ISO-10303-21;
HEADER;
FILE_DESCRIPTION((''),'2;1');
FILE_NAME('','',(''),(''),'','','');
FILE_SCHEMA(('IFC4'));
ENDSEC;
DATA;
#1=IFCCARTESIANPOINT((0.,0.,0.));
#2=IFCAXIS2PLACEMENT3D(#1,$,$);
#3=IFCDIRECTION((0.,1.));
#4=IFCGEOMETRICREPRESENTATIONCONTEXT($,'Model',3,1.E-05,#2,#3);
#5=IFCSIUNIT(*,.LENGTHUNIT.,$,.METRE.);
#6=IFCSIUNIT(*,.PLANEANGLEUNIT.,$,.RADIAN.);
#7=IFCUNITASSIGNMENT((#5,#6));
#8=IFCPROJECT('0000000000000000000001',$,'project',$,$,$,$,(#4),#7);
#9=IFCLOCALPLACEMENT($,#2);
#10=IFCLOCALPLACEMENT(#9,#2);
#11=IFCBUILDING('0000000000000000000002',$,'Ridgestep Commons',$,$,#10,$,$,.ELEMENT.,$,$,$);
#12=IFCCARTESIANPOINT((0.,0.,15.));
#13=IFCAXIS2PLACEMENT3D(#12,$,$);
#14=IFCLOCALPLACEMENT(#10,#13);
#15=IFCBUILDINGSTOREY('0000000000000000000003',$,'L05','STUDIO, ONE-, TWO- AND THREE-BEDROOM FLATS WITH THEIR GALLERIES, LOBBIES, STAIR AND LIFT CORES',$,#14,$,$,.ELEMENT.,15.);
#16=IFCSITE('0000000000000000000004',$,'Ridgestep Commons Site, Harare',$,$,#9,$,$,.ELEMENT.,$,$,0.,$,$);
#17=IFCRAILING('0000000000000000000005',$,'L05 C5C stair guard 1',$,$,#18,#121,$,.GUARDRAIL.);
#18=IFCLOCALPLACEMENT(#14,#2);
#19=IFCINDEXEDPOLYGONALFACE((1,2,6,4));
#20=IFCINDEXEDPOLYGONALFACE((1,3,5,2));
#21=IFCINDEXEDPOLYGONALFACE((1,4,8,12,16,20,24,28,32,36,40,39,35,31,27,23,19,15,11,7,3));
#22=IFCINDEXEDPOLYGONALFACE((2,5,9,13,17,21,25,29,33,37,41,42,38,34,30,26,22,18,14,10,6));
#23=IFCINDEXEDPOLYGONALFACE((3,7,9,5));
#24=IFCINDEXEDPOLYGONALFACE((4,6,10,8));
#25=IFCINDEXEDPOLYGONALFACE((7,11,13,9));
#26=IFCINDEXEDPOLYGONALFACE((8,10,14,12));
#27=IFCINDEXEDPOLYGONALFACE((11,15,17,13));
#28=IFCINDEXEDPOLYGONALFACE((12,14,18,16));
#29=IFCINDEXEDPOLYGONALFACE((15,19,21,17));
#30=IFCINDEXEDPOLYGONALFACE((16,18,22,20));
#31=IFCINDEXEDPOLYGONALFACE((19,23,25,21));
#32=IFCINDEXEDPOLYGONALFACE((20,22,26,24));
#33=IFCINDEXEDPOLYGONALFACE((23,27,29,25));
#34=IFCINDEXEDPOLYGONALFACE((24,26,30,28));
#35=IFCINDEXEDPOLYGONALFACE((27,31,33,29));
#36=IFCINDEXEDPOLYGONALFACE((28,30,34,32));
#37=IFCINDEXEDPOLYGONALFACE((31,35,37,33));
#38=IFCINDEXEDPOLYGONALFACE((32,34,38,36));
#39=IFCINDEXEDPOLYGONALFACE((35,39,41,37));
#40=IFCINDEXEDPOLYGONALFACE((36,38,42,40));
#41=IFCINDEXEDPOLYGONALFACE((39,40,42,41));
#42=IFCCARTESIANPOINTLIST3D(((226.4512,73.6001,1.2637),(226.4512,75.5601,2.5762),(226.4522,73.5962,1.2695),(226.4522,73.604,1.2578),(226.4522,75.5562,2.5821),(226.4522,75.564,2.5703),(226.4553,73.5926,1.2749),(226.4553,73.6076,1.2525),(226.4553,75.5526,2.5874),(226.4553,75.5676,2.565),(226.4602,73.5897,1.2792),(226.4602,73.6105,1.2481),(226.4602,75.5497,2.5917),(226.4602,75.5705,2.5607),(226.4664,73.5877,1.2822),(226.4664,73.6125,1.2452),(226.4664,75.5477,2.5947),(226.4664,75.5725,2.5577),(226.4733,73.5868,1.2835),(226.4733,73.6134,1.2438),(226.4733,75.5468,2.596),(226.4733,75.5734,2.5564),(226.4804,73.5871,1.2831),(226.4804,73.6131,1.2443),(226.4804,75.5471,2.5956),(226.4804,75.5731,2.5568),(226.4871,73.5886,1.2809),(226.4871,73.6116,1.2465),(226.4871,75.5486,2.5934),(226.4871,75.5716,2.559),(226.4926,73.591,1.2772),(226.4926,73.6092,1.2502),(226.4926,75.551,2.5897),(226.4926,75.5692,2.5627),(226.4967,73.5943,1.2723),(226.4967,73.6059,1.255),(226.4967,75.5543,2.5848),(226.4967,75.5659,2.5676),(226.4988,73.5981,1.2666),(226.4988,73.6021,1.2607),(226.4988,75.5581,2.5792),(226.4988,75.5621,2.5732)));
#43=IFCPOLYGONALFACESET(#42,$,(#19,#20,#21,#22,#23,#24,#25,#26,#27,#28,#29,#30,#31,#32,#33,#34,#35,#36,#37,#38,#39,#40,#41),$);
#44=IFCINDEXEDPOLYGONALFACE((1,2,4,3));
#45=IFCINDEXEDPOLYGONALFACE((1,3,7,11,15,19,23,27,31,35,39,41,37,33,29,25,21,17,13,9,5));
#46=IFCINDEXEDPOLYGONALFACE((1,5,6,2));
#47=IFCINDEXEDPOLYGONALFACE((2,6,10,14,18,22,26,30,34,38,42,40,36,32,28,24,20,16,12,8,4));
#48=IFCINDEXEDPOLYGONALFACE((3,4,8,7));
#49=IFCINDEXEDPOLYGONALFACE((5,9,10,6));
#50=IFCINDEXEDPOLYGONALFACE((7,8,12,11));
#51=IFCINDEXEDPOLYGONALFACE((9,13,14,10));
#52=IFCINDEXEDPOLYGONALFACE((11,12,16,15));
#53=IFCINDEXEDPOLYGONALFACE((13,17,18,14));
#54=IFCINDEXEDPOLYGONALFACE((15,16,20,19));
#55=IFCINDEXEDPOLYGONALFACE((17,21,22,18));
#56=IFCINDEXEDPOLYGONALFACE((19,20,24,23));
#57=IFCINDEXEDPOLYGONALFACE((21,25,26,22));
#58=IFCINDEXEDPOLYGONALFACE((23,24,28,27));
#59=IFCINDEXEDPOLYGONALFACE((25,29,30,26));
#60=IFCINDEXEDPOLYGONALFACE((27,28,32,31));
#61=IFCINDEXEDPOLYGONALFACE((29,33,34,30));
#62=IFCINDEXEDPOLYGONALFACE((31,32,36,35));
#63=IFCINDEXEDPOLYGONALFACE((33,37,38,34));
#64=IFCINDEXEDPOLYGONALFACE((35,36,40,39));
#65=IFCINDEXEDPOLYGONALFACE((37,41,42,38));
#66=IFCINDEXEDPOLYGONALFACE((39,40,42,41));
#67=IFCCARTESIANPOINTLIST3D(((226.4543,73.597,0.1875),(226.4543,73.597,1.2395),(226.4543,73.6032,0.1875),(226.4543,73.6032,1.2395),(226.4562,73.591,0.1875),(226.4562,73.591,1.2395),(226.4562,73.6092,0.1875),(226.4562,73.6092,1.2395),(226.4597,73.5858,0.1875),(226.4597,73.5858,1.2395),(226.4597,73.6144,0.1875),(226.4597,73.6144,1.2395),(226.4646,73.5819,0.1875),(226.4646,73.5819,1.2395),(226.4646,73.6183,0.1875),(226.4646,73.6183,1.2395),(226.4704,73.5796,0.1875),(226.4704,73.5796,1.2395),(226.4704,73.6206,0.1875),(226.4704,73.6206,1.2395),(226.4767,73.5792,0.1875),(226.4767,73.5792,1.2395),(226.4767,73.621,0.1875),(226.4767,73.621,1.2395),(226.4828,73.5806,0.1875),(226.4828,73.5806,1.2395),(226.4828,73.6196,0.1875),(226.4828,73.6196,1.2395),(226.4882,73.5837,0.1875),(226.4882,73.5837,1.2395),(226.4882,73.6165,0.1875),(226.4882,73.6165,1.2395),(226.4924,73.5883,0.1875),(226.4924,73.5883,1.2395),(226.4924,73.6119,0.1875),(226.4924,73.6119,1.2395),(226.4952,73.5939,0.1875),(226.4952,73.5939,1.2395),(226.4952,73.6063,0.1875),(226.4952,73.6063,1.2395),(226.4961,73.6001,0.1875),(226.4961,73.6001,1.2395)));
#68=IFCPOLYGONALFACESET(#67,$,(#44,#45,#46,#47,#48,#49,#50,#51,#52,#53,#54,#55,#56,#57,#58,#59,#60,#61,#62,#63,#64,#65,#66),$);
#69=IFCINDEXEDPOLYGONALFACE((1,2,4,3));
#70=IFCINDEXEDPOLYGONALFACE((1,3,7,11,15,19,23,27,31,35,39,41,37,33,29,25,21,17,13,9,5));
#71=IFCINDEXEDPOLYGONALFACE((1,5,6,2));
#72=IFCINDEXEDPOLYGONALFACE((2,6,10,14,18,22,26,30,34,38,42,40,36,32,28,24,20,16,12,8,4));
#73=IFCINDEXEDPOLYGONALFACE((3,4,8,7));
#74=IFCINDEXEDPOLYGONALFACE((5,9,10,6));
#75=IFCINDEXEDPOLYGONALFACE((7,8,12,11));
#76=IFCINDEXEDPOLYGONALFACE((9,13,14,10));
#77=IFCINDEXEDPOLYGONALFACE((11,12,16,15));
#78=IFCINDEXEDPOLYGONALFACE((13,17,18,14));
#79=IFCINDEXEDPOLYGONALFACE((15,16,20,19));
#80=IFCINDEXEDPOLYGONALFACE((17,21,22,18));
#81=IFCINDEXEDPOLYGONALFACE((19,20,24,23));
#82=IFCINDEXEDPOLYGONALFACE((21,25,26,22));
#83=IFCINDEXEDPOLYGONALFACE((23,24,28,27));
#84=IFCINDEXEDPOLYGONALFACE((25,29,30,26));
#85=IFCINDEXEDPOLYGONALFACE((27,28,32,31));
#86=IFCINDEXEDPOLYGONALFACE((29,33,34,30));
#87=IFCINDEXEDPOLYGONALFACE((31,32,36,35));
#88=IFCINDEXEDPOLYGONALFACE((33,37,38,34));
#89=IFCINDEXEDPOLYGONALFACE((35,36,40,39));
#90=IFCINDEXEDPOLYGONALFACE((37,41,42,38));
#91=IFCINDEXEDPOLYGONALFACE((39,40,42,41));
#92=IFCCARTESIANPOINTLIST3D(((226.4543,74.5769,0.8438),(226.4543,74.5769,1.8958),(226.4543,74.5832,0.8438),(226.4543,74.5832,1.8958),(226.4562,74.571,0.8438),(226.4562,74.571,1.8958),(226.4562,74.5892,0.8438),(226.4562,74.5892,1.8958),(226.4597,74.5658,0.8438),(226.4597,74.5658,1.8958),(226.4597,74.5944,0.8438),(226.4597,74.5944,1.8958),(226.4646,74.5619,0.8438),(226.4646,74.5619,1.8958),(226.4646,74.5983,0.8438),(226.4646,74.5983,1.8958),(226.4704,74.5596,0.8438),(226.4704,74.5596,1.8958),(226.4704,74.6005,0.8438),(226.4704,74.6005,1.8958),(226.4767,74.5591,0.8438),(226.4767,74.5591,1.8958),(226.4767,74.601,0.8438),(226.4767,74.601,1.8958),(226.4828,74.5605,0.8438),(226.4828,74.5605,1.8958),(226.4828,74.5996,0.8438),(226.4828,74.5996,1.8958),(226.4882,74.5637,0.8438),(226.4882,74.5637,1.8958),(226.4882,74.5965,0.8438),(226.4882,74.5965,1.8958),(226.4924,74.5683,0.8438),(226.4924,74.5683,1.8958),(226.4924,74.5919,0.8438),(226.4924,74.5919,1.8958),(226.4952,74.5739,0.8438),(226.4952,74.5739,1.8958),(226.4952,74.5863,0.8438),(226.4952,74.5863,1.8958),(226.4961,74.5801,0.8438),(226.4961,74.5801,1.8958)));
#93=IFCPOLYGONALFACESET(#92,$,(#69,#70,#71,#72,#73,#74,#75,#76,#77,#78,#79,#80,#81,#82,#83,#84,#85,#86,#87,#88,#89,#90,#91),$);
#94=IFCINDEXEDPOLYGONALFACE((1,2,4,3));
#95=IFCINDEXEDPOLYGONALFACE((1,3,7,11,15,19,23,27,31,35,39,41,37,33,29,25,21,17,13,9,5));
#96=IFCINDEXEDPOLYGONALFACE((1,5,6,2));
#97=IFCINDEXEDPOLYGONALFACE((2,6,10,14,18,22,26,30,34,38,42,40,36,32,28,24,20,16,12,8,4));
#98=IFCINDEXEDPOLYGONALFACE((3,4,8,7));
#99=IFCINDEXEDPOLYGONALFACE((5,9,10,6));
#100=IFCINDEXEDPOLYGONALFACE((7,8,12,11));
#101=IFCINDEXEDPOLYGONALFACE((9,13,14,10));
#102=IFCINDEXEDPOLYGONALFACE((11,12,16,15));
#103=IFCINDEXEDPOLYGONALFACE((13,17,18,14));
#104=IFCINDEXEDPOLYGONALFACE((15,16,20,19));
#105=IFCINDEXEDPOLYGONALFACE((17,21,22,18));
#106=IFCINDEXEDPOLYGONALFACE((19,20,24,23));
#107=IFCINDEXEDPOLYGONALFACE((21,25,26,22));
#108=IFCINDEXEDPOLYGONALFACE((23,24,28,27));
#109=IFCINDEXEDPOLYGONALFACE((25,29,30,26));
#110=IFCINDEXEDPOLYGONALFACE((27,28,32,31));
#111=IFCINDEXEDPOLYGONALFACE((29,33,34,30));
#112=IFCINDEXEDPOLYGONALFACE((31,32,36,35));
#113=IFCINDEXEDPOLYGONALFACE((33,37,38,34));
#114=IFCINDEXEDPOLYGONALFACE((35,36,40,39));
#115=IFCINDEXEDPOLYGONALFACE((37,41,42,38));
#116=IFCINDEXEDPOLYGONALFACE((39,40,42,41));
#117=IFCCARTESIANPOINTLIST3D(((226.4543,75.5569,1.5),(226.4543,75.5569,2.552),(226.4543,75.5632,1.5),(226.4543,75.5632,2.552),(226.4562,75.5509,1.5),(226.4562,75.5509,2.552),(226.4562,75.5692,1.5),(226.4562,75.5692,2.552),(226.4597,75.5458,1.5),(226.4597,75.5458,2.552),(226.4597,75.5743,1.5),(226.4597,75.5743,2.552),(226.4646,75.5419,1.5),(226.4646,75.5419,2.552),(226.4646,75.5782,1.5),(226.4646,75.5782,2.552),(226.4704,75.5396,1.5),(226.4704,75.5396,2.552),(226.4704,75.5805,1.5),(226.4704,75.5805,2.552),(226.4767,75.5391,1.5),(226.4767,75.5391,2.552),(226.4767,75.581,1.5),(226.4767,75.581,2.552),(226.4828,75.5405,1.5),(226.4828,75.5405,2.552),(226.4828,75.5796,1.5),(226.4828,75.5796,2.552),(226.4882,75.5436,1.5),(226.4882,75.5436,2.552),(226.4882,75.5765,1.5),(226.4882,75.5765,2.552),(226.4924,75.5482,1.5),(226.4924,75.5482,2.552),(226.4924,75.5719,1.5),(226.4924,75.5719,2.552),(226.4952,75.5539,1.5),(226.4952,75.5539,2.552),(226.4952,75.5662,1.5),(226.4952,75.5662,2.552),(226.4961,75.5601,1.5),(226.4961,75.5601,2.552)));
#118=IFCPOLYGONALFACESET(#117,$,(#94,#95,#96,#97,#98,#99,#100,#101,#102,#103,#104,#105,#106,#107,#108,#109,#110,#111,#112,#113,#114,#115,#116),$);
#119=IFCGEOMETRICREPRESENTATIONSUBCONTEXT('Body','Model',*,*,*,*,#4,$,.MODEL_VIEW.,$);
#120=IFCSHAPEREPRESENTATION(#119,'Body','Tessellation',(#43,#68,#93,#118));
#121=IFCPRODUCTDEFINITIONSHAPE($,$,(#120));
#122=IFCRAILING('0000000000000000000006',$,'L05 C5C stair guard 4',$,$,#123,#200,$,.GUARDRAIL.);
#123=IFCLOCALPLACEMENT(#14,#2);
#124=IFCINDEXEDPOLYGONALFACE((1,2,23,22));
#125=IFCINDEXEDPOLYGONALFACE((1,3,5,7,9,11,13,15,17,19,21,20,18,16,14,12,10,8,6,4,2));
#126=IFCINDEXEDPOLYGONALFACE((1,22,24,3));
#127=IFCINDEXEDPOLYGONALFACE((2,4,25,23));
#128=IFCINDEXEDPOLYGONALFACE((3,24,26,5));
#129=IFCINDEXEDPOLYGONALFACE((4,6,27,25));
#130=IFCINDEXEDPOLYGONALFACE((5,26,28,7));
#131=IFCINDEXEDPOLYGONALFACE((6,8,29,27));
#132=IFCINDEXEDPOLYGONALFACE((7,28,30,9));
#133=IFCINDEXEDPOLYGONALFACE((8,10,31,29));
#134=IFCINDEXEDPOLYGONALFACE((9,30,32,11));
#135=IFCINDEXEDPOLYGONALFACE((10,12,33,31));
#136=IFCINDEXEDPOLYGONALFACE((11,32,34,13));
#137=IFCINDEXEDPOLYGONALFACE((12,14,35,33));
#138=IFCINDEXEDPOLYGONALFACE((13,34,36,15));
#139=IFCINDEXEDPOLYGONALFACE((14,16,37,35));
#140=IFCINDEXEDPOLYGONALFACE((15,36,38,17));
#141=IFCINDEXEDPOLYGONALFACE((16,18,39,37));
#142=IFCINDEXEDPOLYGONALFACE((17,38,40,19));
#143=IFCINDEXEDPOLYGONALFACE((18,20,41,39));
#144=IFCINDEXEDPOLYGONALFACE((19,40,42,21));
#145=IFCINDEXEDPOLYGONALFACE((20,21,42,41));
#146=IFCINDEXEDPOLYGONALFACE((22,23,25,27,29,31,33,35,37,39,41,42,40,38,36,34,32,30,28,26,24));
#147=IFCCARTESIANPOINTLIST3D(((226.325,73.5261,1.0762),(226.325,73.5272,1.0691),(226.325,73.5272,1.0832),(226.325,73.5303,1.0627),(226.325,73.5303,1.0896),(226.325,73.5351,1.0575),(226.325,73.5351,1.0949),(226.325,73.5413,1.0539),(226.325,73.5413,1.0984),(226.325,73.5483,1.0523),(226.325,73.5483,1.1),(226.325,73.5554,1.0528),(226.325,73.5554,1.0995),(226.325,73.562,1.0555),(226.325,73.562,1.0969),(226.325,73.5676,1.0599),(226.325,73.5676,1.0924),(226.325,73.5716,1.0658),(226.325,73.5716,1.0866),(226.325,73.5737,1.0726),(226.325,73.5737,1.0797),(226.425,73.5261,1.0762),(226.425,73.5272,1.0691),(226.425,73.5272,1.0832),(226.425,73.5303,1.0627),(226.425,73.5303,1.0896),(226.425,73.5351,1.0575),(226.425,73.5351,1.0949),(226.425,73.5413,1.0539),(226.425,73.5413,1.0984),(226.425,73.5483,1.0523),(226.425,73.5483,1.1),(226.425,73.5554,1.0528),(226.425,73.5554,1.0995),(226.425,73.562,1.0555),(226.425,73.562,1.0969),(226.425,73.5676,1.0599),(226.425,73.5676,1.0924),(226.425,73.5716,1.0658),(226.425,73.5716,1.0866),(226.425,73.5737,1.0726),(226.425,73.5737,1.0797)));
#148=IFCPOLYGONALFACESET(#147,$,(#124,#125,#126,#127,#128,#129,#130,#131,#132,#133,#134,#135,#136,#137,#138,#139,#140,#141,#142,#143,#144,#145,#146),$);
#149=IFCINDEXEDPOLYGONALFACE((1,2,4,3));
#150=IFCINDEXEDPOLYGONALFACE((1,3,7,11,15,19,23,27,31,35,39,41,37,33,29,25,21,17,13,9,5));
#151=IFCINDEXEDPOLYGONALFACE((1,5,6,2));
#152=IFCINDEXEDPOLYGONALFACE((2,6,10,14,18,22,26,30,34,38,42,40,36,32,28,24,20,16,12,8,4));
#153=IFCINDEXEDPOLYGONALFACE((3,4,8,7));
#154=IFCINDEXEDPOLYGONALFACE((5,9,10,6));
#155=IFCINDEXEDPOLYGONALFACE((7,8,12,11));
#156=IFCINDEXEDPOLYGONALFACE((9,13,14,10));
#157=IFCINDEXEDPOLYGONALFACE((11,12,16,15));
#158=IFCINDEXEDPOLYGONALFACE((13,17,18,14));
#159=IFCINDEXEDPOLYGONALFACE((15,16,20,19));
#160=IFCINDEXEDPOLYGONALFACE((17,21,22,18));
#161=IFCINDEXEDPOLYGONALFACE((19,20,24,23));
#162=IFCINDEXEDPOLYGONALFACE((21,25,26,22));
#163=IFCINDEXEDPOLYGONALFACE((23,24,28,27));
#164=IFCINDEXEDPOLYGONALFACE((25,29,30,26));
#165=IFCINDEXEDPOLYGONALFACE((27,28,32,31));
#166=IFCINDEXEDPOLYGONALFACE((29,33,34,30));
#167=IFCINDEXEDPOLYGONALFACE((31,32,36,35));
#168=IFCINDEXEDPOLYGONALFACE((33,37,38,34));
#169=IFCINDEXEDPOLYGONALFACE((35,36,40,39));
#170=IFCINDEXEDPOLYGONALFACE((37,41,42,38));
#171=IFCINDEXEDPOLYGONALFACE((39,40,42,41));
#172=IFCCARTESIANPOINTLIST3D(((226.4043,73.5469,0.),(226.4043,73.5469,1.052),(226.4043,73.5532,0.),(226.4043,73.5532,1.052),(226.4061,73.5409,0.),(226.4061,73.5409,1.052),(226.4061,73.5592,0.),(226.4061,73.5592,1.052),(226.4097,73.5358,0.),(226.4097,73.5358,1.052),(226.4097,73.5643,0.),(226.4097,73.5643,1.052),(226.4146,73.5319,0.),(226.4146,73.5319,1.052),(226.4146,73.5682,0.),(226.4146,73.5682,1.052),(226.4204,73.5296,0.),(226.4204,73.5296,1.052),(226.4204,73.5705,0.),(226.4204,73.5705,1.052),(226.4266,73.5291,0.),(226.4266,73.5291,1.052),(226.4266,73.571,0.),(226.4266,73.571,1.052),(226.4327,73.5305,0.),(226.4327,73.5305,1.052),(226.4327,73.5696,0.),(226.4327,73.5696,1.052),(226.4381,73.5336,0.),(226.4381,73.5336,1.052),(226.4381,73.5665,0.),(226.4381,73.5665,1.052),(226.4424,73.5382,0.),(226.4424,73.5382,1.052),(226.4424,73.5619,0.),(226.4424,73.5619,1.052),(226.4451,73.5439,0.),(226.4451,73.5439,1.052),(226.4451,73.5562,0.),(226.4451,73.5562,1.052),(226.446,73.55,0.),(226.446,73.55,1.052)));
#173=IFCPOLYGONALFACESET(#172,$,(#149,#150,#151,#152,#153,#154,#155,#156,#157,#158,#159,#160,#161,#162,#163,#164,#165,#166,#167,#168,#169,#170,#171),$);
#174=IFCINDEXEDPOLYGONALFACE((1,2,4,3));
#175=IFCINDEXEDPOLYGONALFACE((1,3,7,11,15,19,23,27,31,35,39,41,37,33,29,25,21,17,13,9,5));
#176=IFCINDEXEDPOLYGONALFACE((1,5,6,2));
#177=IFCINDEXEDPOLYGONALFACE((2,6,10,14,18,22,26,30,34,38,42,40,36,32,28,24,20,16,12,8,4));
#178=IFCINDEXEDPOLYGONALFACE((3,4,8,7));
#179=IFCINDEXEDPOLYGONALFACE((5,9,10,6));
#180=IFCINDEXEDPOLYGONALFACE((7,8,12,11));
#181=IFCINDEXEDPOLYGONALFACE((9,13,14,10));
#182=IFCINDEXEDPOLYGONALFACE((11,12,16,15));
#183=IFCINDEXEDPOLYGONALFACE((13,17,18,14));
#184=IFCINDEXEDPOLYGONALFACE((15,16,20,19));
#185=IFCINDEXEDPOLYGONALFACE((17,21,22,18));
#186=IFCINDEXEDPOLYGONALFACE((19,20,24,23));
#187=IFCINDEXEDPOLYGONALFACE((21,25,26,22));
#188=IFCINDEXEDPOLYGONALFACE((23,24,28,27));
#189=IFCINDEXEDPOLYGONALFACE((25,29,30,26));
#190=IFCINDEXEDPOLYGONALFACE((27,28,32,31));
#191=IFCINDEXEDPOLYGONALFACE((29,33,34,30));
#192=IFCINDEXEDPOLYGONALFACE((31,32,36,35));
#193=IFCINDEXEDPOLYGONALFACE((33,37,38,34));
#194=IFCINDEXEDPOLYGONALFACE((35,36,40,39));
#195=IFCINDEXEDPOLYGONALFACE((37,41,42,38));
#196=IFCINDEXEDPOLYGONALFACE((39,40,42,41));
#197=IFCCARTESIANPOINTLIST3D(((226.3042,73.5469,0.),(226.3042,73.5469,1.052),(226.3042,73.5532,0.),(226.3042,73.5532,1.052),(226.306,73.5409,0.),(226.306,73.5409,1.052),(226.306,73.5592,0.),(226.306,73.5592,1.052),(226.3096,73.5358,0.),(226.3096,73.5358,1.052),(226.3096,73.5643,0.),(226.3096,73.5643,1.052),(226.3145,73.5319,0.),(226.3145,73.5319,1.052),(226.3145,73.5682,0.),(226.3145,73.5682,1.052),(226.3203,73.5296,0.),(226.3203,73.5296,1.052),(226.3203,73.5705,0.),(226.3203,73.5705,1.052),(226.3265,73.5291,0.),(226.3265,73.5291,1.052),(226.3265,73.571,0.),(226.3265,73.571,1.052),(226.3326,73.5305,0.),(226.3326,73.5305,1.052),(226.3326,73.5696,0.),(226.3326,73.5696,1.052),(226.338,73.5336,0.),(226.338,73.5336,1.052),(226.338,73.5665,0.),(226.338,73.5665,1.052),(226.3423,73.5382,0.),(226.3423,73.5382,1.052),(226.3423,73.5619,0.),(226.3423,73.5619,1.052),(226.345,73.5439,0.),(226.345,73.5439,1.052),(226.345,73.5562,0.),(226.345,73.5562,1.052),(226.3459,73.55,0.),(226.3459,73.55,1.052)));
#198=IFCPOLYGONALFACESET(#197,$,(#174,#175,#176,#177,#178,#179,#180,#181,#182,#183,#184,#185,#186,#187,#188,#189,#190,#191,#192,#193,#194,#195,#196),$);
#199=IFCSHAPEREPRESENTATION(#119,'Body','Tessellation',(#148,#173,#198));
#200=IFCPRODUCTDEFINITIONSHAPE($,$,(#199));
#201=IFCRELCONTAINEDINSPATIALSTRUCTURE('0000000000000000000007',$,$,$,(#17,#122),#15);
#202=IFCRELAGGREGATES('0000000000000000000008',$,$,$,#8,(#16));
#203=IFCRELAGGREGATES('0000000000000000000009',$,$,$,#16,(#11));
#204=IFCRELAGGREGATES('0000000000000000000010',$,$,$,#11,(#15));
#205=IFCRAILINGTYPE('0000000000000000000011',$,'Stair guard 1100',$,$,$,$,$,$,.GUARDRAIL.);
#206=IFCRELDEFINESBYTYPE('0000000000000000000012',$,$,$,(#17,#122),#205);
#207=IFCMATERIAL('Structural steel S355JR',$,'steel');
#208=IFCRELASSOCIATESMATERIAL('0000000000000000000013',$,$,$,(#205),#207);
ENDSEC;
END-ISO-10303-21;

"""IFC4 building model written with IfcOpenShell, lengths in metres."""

from ifc_helpers import new_model, si_unit, direction, frame, origin, origin_2d, place, context, subcontext, project, spatial, circle, extrude, material, type_object, element, save


model = new_model("IFC4")

# Units and contexts
model_context = context("Model", 3, precision=1e-05, world=origin(), true_north=direction((0.0, 1.0)))
body_context = subcontext(model_context, "Body", "Model", "MODEL_VIEW")
ifc_project = project(units=[si_unit("LENGTHUNIT", "METRE"), si_unit("PLANEANGLEUNIT", "RADIAN")], contexts=[model_context])

# Site, building, storey
site_placement = place(None, origin())
site = spatial("IfcSite", under=ifc_project, at=site_placement, Name="Ridgestep Commons Site, Harare", CompositionType="ELEMENT", RefElevation=0.0)
building_placement = place(site_placement, origin())
building = spatial("IfcBuilding", under=site, at=building_placement, Name="Ridgestep Commons", CompositionType="ELEMENT")
storey_placement = place(building_placement, frame((0.0, 0.0, 15.0)))
storey = spatial("IfcBuildingStorey", under=building, at=storey_placement, Name="L05", Description="STUDIO, ONE-, TWO- AND THREE-BEDROOM FLATS WITH THEIR GALLERIES, LOBBIES, STAIR AND LIFT CORES", CompositionType="ELEMENT", Elevation=15.0)

# Railings
ifc_material_1 = material(Name="Structural steel S355JR", Category="steel")
railing_type_1 = type_object("IfcRailingType", Name="Stair guard 1100", PredefinedType="GUARDRAIL", material=ifc_material_1)
railing_1_placement = place(storey_placement, frame((226.4751, 73.6001, 0.1875)))
element("IfcRailing", 1, at=railing_1_placement, inside=storey, type_object=railing_type_1, Name="L05 C5C stair guard 1", PredefinedType="GUARDRAIL", context=body_context, shape_type="SweptSolid", body=[
    extrude(circle(Radius=0.0239, at=origin_2d()), frame((0.0, 0.0, 1.0762), z_axis=(0.0, 0.830902, 0.556419), x_axis=(-1.0, 0.0, 0.0)), (0.0, 0.0, 1.0), 2.3589),
    extrude(circle(Radius=0.021, at=origin_2d()), origin(), (0.0, 0.0, 1.0), 1.052),
    extrude(circle(Radius=0.021, at=origin_2d()), frame((0.0, 0.98, 0.6562)), (0.0, 0.0, 1.0), 1.052),
    extrude(circle(Radius=0.021, at=origin_2d()), frame((0.0, 1.96, 1.3125)), (0.0, 0.0, 1.0), 1.052),
])
railing_2_placement = place(storey_placement, frame((226.425, 73.55, 0.0)))
element("IfcRailing", 2, at=railing_2_placement, inside=storey, type_object=railing_type_1, Name="L05 C5C stair guard 4", PredefinedType="GUARDRAIL", context=body_context, shape_type="SweptSolid", body=[
    extrude(circle(Radius=0.0239, at=origin_2d()), frame((0.0, 0.0, 1.0762), z_axis=(-1.0, 0.0, 0.0), x_axis=(0.0, -1.0, 0.0)), (0.0, 0.0, 1.0), 0.1001),
    extrude(circle(Radius=0.021, at=origin_2d()), origin(), (0.0, 0.0, 1.0), 1.052),
    extrude(circle(Radius=0.021, at=origin_2d()), frame((-0.1001, 0.0, 0.0)), (0.0, 0.0, 1.0), 1.052),
])

save(model, "model.ifc")
